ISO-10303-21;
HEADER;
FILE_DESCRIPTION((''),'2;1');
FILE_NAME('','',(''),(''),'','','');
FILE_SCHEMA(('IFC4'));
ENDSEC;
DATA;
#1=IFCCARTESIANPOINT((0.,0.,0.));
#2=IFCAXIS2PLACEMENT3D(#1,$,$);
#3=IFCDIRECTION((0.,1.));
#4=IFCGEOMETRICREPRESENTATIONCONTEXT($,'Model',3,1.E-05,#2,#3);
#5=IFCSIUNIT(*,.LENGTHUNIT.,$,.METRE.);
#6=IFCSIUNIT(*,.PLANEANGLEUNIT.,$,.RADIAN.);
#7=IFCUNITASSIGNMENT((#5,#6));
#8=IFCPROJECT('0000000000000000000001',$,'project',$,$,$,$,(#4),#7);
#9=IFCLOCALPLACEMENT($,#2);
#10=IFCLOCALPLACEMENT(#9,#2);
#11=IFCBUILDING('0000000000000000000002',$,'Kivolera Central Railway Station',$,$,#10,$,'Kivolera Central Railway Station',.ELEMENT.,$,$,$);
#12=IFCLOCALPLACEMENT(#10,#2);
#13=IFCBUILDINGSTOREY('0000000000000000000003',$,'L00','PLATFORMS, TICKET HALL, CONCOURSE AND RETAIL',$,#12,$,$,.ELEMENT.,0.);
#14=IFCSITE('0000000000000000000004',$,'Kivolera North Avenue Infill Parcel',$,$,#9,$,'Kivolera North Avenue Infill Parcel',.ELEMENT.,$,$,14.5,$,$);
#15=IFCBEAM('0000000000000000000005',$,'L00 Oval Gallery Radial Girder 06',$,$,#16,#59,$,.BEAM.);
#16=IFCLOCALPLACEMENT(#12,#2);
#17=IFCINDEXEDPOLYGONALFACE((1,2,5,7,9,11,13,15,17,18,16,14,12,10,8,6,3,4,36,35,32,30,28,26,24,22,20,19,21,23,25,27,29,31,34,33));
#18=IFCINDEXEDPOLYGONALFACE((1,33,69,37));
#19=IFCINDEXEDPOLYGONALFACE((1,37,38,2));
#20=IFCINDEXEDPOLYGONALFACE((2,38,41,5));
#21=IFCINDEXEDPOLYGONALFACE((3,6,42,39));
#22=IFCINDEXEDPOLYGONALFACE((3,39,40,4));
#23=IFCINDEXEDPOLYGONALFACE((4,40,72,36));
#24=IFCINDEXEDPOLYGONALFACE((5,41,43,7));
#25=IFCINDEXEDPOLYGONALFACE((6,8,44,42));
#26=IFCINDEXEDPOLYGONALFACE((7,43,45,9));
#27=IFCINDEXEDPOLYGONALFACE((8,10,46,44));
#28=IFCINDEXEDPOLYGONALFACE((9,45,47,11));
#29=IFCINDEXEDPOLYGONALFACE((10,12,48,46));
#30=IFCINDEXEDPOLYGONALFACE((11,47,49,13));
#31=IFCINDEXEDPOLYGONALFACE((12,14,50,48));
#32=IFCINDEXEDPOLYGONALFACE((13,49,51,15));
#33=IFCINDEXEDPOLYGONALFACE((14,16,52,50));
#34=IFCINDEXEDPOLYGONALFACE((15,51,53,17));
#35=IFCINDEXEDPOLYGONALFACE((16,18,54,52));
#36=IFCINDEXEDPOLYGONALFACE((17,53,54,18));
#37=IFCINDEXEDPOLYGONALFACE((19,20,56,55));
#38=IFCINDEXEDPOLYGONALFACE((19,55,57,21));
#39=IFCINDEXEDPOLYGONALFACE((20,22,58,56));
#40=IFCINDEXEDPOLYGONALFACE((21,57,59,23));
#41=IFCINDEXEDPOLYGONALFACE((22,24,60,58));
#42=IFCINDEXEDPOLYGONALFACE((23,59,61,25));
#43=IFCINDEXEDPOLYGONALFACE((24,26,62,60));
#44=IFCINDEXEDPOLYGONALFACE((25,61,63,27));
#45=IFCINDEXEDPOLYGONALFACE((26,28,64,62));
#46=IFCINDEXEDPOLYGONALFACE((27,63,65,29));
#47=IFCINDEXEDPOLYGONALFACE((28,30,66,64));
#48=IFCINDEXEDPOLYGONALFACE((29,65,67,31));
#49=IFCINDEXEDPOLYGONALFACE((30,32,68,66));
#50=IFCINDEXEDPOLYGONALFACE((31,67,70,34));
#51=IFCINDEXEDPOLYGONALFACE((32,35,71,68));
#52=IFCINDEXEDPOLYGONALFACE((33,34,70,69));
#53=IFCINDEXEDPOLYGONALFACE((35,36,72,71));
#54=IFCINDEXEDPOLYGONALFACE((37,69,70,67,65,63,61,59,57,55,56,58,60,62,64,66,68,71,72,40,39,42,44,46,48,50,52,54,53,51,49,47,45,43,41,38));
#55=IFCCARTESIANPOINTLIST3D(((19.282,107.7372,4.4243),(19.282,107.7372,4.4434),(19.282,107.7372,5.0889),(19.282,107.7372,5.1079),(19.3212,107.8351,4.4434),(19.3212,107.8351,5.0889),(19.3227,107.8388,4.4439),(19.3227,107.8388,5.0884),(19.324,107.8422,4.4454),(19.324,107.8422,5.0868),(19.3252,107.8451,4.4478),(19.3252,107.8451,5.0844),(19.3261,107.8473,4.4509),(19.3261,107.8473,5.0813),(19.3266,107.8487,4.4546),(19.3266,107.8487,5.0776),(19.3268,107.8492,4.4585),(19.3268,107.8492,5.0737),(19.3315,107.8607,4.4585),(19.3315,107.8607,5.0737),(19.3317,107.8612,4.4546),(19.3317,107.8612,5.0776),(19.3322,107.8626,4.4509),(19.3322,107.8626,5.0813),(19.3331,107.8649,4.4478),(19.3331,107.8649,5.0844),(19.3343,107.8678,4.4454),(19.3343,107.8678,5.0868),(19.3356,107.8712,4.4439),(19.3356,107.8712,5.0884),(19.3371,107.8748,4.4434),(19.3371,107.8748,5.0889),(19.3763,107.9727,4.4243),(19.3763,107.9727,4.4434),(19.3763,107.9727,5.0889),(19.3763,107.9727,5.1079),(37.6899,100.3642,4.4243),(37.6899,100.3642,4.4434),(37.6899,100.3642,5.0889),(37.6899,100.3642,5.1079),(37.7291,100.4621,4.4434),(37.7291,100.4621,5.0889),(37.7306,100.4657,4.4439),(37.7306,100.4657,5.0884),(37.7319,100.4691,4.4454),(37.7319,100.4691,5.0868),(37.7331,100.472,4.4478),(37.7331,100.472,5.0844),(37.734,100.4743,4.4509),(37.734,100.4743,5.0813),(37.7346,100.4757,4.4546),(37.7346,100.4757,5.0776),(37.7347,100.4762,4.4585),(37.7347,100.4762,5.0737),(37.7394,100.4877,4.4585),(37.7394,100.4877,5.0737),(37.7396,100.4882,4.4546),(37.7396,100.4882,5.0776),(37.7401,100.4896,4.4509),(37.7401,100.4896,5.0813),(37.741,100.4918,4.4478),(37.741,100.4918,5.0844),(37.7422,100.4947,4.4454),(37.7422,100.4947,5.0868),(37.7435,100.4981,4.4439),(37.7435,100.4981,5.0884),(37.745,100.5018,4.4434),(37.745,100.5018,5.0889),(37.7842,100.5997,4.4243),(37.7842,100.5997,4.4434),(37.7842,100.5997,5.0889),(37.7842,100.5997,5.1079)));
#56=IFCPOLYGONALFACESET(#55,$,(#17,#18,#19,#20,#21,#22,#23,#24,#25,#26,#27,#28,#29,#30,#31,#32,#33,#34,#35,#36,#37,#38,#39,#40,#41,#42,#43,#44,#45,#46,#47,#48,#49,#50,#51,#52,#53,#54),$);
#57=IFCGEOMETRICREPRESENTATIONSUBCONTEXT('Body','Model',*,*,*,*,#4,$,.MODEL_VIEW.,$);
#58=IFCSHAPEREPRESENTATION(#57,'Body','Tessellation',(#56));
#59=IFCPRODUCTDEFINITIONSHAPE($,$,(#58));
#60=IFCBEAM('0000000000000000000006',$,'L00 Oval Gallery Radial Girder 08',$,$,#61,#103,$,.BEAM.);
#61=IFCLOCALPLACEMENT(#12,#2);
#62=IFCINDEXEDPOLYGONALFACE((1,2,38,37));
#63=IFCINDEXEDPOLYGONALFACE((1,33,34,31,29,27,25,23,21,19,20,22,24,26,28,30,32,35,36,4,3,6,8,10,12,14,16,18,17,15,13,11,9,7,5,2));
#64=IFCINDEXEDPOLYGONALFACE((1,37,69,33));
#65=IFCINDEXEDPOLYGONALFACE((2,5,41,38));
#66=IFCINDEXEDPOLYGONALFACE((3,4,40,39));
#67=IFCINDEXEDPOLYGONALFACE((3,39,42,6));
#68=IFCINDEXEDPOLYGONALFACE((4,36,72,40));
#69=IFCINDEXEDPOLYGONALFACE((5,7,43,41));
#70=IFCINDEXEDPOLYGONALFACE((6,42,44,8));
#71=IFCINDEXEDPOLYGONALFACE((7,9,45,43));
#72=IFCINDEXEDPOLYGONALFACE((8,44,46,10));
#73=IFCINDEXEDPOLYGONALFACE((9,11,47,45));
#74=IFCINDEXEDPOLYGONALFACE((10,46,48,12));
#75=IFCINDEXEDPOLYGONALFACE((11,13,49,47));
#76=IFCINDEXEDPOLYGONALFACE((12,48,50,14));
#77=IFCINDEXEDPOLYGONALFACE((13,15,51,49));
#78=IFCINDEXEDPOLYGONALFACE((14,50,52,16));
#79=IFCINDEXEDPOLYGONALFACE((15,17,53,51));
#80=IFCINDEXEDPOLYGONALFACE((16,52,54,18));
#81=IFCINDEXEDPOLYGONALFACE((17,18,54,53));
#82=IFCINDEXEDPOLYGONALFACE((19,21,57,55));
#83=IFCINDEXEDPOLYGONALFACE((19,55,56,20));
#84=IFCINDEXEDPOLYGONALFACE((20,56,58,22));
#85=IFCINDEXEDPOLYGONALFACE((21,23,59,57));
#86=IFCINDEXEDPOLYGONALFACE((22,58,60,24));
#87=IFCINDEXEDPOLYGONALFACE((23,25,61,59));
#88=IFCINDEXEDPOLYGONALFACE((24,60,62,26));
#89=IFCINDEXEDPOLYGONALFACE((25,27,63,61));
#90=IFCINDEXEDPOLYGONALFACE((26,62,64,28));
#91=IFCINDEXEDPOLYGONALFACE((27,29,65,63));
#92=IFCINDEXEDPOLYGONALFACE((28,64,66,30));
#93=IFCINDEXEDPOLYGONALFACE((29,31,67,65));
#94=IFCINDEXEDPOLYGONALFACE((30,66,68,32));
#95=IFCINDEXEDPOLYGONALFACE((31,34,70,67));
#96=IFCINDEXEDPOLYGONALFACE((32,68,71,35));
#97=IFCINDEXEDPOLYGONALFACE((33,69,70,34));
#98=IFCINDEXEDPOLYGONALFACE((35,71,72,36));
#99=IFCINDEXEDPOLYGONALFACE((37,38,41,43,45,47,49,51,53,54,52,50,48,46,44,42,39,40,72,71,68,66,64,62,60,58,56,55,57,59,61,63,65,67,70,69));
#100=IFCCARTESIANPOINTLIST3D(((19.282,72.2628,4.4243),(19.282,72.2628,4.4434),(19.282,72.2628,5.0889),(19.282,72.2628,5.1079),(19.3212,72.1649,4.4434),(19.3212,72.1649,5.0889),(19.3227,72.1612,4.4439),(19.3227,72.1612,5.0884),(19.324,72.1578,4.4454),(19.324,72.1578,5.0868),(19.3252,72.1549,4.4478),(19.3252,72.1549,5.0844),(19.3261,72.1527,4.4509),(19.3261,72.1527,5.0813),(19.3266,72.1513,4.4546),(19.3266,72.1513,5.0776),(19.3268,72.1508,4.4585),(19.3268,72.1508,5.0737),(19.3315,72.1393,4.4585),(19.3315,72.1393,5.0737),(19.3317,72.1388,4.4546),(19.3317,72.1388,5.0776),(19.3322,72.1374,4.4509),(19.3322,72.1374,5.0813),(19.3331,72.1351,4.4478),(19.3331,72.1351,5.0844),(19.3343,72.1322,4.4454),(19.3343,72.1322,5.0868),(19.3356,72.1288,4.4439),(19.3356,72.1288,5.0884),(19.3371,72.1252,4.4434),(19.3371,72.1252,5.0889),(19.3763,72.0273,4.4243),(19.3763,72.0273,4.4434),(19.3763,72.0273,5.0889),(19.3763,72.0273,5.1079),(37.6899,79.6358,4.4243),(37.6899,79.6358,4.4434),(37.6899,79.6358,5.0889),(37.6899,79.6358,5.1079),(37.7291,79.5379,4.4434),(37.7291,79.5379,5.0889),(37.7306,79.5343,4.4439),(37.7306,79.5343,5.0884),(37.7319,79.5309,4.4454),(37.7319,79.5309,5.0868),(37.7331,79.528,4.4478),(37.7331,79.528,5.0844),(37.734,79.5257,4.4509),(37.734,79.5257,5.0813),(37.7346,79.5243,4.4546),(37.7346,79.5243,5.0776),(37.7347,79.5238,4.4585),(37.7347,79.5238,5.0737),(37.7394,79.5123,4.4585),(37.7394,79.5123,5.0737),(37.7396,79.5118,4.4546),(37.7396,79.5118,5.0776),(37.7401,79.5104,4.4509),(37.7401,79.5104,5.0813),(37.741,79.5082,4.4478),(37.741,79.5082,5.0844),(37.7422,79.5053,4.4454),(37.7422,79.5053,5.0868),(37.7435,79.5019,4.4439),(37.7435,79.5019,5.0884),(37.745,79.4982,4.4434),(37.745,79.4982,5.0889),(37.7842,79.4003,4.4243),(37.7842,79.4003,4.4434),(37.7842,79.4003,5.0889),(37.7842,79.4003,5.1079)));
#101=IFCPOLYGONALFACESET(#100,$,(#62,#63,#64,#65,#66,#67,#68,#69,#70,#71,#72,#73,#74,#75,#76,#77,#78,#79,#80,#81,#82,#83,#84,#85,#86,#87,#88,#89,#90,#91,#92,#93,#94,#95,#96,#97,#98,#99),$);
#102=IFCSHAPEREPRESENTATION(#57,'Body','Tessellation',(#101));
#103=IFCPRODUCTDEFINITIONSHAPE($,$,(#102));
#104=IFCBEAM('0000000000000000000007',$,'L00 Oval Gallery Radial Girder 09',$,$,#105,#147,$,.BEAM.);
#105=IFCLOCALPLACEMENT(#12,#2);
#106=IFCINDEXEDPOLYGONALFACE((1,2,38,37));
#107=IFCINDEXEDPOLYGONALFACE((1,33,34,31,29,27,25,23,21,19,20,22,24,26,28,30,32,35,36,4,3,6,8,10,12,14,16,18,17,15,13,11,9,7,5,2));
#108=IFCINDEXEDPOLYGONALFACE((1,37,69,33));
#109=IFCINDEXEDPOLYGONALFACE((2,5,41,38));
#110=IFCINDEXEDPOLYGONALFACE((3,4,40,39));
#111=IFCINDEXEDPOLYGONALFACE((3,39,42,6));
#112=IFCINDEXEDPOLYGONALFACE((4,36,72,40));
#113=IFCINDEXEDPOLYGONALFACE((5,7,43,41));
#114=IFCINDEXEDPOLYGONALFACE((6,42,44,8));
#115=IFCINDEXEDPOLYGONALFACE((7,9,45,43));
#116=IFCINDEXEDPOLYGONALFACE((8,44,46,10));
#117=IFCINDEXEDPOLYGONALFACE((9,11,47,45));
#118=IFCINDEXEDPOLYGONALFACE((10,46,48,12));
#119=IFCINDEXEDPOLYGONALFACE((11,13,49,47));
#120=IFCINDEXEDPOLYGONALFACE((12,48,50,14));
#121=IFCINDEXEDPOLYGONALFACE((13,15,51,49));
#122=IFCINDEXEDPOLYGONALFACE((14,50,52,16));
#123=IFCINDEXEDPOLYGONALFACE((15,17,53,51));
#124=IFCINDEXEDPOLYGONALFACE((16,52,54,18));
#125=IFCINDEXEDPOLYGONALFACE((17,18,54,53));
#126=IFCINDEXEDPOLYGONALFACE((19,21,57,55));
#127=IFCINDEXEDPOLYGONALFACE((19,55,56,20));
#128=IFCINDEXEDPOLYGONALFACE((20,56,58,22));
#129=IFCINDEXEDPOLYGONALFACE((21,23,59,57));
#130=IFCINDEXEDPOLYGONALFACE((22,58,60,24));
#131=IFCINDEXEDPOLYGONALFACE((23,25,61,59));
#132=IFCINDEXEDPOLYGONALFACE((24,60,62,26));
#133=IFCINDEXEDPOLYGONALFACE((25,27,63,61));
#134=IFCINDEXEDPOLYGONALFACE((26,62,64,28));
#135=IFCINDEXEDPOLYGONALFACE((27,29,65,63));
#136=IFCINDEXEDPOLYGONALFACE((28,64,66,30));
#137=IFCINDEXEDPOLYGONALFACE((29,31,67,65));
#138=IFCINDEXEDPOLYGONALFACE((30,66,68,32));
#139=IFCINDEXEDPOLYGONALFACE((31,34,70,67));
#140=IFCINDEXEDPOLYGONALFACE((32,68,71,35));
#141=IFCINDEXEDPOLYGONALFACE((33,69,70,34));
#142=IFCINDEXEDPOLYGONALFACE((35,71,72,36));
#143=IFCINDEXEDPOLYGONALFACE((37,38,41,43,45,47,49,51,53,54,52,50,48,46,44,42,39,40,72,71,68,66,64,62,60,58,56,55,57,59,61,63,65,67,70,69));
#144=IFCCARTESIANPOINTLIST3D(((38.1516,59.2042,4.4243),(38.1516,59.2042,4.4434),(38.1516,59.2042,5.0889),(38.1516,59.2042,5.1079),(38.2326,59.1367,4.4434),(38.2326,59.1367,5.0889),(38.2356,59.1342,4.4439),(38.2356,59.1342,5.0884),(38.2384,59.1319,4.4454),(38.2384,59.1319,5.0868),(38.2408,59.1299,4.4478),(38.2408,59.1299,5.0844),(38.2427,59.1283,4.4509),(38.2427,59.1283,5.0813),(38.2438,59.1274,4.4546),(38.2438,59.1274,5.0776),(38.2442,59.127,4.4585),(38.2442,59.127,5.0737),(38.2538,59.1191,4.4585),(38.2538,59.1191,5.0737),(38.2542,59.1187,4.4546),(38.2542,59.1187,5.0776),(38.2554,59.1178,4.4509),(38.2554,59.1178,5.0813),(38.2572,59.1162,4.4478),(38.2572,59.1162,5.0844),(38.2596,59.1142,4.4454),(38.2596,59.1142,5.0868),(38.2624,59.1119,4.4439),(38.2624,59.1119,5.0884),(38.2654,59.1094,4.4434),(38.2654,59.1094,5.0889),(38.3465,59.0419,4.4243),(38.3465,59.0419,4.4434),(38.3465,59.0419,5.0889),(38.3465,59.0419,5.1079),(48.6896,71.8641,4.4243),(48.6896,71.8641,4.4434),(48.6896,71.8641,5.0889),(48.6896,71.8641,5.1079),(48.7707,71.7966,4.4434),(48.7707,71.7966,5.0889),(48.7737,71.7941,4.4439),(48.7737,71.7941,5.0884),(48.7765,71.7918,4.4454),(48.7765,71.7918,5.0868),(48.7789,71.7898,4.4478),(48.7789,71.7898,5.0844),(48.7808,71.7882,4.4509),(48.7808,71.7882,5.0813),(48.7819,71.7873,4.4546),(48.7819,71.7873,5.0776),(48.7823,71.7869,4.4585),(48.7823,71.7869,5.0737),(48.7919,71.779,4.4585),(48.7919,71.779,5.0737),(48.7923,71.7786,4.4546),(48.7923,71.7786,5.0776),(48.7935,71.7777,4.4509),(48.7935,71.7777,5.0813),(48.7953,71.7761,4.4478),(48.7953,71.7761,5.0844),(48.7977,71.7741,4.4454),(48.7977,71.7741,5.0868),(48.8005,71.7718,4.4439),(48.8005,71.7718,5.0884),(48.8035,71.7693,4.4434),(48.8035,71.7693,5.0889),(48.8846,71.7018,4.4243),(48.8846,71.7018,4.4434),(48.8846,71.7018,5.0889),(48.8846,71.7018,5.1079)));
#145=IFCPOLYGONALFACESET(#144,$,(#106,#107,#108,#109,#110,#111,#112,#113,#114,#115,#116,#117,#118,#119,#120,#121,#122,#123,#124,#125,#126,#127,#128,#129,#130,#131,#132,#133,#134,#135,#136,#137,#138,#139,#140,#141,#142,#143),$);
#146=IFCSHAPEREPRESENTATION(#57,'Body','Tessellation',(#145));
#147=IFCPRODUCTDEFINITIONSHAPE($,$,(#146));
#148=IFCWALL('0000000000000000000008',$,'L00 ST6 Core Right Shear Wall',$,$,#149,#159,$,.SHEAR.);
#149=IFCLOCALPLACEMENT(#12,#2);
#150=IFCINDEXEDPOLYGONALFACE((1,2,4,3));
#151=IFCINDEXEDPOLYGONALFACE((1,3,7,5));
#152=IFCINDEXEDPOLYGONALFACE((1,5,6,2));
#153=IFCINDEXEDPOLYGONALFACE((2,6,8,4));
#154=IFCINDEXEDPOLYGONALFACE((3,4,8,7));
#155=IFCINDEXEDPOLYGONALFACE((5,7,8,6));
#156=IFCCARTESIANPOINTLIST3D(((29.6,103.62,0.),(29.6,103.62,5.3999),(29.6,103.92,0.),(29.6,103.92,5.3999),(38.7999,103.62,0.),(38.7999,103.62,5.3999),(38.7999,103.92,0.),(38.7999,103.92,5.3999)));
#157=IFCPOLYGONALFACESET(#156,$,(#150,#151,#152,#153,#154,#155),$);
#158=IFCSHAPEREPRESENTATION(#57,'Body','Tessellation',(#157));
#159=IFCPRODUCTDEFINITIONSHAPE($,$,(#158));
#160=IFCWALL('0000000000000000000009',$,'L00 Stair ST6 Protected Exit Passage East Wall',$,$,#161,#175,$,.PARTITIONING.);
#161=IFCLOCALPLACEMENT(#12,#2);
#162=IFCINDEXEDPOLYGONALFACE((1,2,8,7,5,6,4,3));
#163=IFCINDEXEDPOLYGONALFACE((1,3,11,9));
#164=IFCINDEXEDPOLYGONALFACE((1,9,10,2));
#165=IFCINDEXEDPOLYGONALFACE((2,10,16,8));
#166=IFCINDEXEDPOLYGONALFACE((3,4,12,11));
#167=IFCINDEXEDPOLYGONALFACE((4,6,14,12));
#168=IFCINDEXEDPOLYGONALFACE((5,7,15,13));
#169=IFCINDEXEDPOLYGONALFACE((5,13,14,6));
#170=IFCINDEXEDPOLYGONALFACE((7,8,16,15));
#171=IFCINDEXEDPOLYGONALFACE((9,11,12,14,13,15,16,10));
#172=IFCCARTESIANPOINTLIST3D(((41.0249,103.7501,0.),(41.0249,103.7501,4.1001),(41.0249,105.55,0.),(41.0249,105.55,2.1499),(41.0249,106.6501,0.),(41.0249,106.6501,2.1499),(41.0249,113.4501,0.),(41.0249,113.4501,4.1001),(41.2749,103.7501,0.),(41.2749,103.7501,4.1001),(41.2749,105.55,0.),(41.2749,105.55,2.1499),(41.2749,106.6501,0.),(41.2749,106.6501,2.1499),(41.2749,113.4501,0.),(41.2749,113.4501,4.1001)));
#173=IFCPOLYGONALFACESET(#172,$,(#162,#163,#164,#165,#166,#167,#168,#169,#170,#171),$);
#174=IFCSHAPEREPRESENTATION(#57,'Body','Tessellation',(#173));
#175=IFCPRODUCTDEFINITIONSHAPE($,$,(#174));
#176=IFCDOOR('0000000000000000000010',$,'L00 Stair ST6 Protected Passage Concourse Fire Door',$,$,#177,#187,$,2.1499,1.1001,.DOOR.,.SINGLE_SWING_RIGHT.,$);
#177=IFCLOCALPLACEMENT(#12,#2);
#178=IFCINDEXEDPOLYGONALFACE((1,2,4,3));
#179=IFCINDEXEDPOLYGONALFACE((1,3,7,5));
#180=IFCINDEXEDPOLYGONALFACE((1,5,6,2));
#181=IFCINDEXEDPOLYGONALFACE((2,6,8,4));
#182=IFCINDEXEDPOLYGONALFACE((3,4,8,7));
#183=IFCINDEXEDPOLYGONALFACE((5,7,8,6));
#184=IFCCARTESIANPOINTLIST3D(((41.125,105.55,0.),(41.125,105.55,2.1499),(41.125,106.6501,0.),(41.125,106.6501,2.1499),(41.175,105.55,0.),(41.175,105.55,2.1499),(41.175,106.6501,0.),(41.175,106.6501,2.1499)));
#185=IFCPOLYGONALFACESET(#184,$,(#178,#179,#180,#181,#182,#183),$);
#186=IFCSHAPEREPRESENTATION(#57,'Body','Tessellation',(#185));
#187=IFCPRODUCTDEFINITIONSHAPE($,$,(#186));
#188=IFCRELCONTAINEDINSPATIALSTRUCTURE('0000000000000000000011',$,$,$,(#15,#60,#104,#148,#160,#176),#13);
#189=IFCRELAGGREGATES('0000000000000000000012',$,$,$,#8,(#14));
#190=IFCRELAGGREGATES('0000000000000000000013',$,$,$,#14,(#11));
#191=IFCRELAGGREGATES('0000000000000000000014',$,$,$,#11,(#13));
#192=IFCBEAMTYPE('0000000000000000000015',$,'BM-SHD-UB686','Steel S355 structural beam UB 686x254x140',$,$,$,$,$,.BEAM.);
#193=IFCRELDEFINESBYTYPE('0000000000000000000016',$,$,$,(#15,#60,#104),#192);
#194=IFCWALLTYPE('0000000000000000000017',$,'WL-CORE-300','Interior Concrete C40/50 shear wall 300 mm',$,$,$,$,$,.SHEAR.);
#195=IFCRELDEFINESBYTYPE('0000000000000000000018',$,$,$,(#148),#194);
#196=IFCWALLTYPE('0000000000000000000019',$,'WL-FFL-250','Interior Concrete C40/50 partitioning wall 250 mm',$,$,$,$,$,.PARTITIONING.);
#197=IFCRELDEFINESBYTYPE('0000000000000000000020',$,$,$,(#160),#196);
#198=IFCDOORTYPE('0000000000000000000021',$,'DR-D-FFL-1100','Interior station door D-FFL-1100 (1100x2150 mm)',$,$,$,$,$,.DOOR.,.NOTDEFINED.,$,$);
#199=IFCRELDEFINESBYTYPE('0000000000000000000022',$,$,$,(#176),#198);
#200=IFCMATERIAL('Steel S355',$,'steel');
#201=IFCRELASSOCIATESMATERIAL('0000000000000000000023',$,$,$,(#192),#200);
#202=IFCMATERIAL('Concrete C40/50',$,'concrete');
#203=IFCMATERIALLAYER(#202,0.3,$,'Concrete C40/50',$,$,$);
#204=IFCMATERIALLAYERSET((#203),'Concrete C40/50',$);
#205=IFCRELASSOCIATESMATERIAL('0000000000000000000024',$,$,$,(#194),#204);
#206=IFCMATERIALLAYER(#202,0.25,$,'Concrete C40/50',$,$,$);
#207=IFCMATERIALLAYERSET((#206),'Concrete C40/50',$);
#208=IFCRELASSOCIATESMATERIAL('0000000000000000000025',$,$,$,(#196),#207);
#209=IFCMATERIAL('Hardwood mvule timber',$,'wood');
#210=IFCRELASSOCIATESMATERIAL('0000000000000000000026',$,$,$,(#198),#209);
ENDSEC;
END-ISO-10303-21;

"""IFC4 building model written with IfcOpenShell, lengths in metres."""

from ifc_helpers import new_model, si_unit, direction, frame, frame_2d, origin, origin_2d, place, context, subcontext, project, spatial, rectangle, i_section, extrude, material, layer, layer_set, material_profile, profile_set, type_object, element, fill, save


model = new_model("IFC4")

# Units and contexts
model_context = context("Model", 3, precision=1e-05, world=origin(), true_north=direction((0.0, 1.0)))
body_context = subcontext(model_context, "Body", "Model", "MODEL_VIEW")
ifc_project = project(units=[si_unit("LENGTHUNIT", "METRE"), si_unit("PLANEANGLEUNIT", "RADIAN")], contexts=[model_context])

# Site, building, storey
site_placement = place(None, origin())
site = spatial("IfcSite", under=ifc_project, at=site_placement, Name="Kivolera North Avenue Infill Parcel", LongName="Kivolera North Avenue Infill Parcel", CompositionType="ELEMENT", RefElevation=14.5)
building_placement = place(site_placement, origin())
building = spatial("IfcBuilding", under=site, at=building_placement, Name="Kivolera Central Railway Station", LongName="Kivolera Central Railway Station", CompositionType="ELEMENT")
storey_placement = place(building_placement, origin())
storey = spatial("IfcBuildingStorey", under=building, at=storey_placement, Name="L00", Description="PLATFORMS, TICKET HALL, CONCOURSE AND RETAIL", CompositionType="ELEMENT", Elevation=0.0)

# Shared definitions
ifc_material_1 = material(Name="Concrete C40/50", Category="concrete")

# Beams
ifc_material_2 = material(Name="Steel S355", Category="steel")
ifc_material_profile_1 = material_profile(ifc_material_2, i_section(OverallWidth=0.2537, OverallDepth=0.6836, WebThickness=0.0125, FlangeThickness=0.019, FilletRadius=0.0151, at=origin_2d()), Name="UB 686x254x140")
ifc_profile_set_1 = profile_set([ifc_material_profile_1], Name="Steel S355")
beam_type_1 = type_object("IfcBeamType", Name="BM-SHD-UB686", Description="Steel S355 structural beam UB 686x254x140", PredefinedType="BEAM", material=ifc_profile_set_1)
for number, where, z_axis, x_axis, name in (
    (1, (37.7371, 100.4819, 4.7661), (-0.928305, 0.371819, 0.0), (-0.371819, -0.928305, 0.0), "L00 Oval Gallery Radial Girder 06"),
    (2, (37.7371, 79.5181, 4.7661), (-0.928305, -0.371819, 0.0), (0.371819, -0.928305, 0.0), "L00 Oval Gallery Radial Girder 08"),
):
    element("IfcBeam", number, at=place(storey_placement, frame(where, z_axis=z_axis, x_axis=x_axis)), inside=storey, type_object=beam_type_1, Name=name, PredefinedType="BEAM", context=body_context, shape_type="SweptSolid", body=[
        extrude(i_section(OverallWidth=0.2537, OverallDepth=0.6836, WebThickness=0.0125, FlangeThickness=0.019, FilletRadius=0.0151, at=origin_2d()), origin(), (0.0, 0.0, 1.0), 19.8296),
    ])
beam_1_placement = place(storey_placement, frame((48.7871, 71.783, 4.7661), z_axis=(-0.63976, -0.768575, 0.0), x_axis=(0.768575, -0.63976, 0.0)))
element("IfcBeam", 3, at=beam_1_placement, inside=storey, type_object=beam_type_1, Name="L00 Oval Gallery Radial Girder 09", PredefinedType="BEAM", context=body_context, shape_type="SweptSolid", body=[
    extrude(i_section(OverallWidth=0.2537, OverallDepth=0.6836, WebThickness=0.0125, FlangeThickness=0.019, FilletRadius=0.0151, at=origin_2d()), origin(), (0.0, 0.0, 1.0), 16.4719),
])

# Wall
ifc_layer_1 = layer(ifc_material_1, 0.3, Name="Concrete C40/50")
ifc_layer_set_1 = layer_set([ifc_layer_1], Name="Concrete C40/50")
wall_type_1 = type_object("IfcWallType", Name="WL-CORE-300", Description="Interior Concrete C40/50 shear wall 300 mm", PredefinedType="SHEAR", material=ifc_layer_set_1)
wall_1_placement = place(storey_placement, frame((38.8, 103.77, 0.0), z_axis=(0.0, 0.0, 1.0), x_axis=(-1.0, 0.0, 0.0)))
element("IfcWall", 4, at=wall_1_placement, inside=storey, type_object=wall_type_1, Name="L00 ST6 Core Right Shear Wall", PredefinedType="SHEAR", context=body_context, shape_type="SweptSolid", body=[
    extrude(rectangle(XDim=9.2, YDim=0.3, at=frame_2d((4.6001, 0.0))), origin(), (0.0, 0.0, 1.0), 5.3999),
])

# Wall, opening, door
ifc_layer_2 = layer(ifc_material_1, 0.25, Name="Concrete C40/50")
ifc_layer_set_2 = layer_set([ifc_layer_2], Name="Concrete C40/50")
wall_type_2 = type_object("IfcWallType", Name="WL-FFL-250", Description="Interior Concrete C40/50 partitioning wall 250 mm", PredefinedType="PARTITIONING", material=ifc_layer_set_2)
wall_2_placement = place(storey_placement, frame((41.1499, 103.75, 0.0), z_axis=(0.0, 0.0, 1.0), x_axis=(0.0, 1.0, 0.0)))
wall_2 = element("IfcWall", 5, at=wall_2_placement, inside=storey, type_object=wall_type_2, Name="L00 Stair ST6 Protected Exit Passage East Wall", PredefinedType="PARTITIONING", context=body_context, shape_type="SweptSolid", body=[
    extrude(rectangle(XDim=9.7, YDim=0.25, at=frame_2d((4.8501, 0.0))), origin(), (0.0, 0.0, 1.0), 4.1001),
])
opening_1_placement = place(wall_2_placement, frame((1.8, 0.0, 0.0)))
opening_1 = element("IfcOpeningElement", 6, at=opening_1_placement, cuts=wall_2, PredefinedType="OPENING", context=body_context, shape_type="SweptSolid", body=[
    extrude(rectangle(XDim=1.1001, YDim=2.1499, at=frame_2d((0.55, 1.075))), frame((0.0, 0.135, 0.0), z_axis=(0.0, -1.0, 0.0), x_axis=(1.0, 0.0, 0.0)), (0.0, 0.0, 1.0), 0.27),
])
ifc_material_3 = material(Name="Hardwood mvule timber", Category="wood")
door_type_1 = type_object("IfcDoorType", Name="DR-D-FFL-1100", Description="Interior station door D-FFL-1100 (1100x2150 mm)", OperationType="NOTDEFINED", PredefinedType="DOOR", material=ifc_material_3)
door_1_placement = place(opening_1_placement, origin())
door_1 = element("IfcDoor", 7, at=door_1_placement, inside=storey, type_object=door_type_1, Name="L00 Stair ST6 Protected Passage Concourse Fire Door", OperationType="SINGLE_SWING_RIGHT", OverallHeight=2.1499, OverallWidth=1.1001, PredefinedType="DOOR", context=body_context, shape_type="SweptSolid", body=[
    extrude(rectangle(XDim=1.1001, YDim=2.1499, at=frame_2d((0.55, 1.075))), frame((0.0, 0.0249, 0.0), z_axis=(0.0, -1.0, 0.0), x_axis=(1.0, 0.0, 0.0)), (0.0, 0.0, 1.0), 0.05),
])
fill(opening_1, door_1)

save(model, "model.ifc")
